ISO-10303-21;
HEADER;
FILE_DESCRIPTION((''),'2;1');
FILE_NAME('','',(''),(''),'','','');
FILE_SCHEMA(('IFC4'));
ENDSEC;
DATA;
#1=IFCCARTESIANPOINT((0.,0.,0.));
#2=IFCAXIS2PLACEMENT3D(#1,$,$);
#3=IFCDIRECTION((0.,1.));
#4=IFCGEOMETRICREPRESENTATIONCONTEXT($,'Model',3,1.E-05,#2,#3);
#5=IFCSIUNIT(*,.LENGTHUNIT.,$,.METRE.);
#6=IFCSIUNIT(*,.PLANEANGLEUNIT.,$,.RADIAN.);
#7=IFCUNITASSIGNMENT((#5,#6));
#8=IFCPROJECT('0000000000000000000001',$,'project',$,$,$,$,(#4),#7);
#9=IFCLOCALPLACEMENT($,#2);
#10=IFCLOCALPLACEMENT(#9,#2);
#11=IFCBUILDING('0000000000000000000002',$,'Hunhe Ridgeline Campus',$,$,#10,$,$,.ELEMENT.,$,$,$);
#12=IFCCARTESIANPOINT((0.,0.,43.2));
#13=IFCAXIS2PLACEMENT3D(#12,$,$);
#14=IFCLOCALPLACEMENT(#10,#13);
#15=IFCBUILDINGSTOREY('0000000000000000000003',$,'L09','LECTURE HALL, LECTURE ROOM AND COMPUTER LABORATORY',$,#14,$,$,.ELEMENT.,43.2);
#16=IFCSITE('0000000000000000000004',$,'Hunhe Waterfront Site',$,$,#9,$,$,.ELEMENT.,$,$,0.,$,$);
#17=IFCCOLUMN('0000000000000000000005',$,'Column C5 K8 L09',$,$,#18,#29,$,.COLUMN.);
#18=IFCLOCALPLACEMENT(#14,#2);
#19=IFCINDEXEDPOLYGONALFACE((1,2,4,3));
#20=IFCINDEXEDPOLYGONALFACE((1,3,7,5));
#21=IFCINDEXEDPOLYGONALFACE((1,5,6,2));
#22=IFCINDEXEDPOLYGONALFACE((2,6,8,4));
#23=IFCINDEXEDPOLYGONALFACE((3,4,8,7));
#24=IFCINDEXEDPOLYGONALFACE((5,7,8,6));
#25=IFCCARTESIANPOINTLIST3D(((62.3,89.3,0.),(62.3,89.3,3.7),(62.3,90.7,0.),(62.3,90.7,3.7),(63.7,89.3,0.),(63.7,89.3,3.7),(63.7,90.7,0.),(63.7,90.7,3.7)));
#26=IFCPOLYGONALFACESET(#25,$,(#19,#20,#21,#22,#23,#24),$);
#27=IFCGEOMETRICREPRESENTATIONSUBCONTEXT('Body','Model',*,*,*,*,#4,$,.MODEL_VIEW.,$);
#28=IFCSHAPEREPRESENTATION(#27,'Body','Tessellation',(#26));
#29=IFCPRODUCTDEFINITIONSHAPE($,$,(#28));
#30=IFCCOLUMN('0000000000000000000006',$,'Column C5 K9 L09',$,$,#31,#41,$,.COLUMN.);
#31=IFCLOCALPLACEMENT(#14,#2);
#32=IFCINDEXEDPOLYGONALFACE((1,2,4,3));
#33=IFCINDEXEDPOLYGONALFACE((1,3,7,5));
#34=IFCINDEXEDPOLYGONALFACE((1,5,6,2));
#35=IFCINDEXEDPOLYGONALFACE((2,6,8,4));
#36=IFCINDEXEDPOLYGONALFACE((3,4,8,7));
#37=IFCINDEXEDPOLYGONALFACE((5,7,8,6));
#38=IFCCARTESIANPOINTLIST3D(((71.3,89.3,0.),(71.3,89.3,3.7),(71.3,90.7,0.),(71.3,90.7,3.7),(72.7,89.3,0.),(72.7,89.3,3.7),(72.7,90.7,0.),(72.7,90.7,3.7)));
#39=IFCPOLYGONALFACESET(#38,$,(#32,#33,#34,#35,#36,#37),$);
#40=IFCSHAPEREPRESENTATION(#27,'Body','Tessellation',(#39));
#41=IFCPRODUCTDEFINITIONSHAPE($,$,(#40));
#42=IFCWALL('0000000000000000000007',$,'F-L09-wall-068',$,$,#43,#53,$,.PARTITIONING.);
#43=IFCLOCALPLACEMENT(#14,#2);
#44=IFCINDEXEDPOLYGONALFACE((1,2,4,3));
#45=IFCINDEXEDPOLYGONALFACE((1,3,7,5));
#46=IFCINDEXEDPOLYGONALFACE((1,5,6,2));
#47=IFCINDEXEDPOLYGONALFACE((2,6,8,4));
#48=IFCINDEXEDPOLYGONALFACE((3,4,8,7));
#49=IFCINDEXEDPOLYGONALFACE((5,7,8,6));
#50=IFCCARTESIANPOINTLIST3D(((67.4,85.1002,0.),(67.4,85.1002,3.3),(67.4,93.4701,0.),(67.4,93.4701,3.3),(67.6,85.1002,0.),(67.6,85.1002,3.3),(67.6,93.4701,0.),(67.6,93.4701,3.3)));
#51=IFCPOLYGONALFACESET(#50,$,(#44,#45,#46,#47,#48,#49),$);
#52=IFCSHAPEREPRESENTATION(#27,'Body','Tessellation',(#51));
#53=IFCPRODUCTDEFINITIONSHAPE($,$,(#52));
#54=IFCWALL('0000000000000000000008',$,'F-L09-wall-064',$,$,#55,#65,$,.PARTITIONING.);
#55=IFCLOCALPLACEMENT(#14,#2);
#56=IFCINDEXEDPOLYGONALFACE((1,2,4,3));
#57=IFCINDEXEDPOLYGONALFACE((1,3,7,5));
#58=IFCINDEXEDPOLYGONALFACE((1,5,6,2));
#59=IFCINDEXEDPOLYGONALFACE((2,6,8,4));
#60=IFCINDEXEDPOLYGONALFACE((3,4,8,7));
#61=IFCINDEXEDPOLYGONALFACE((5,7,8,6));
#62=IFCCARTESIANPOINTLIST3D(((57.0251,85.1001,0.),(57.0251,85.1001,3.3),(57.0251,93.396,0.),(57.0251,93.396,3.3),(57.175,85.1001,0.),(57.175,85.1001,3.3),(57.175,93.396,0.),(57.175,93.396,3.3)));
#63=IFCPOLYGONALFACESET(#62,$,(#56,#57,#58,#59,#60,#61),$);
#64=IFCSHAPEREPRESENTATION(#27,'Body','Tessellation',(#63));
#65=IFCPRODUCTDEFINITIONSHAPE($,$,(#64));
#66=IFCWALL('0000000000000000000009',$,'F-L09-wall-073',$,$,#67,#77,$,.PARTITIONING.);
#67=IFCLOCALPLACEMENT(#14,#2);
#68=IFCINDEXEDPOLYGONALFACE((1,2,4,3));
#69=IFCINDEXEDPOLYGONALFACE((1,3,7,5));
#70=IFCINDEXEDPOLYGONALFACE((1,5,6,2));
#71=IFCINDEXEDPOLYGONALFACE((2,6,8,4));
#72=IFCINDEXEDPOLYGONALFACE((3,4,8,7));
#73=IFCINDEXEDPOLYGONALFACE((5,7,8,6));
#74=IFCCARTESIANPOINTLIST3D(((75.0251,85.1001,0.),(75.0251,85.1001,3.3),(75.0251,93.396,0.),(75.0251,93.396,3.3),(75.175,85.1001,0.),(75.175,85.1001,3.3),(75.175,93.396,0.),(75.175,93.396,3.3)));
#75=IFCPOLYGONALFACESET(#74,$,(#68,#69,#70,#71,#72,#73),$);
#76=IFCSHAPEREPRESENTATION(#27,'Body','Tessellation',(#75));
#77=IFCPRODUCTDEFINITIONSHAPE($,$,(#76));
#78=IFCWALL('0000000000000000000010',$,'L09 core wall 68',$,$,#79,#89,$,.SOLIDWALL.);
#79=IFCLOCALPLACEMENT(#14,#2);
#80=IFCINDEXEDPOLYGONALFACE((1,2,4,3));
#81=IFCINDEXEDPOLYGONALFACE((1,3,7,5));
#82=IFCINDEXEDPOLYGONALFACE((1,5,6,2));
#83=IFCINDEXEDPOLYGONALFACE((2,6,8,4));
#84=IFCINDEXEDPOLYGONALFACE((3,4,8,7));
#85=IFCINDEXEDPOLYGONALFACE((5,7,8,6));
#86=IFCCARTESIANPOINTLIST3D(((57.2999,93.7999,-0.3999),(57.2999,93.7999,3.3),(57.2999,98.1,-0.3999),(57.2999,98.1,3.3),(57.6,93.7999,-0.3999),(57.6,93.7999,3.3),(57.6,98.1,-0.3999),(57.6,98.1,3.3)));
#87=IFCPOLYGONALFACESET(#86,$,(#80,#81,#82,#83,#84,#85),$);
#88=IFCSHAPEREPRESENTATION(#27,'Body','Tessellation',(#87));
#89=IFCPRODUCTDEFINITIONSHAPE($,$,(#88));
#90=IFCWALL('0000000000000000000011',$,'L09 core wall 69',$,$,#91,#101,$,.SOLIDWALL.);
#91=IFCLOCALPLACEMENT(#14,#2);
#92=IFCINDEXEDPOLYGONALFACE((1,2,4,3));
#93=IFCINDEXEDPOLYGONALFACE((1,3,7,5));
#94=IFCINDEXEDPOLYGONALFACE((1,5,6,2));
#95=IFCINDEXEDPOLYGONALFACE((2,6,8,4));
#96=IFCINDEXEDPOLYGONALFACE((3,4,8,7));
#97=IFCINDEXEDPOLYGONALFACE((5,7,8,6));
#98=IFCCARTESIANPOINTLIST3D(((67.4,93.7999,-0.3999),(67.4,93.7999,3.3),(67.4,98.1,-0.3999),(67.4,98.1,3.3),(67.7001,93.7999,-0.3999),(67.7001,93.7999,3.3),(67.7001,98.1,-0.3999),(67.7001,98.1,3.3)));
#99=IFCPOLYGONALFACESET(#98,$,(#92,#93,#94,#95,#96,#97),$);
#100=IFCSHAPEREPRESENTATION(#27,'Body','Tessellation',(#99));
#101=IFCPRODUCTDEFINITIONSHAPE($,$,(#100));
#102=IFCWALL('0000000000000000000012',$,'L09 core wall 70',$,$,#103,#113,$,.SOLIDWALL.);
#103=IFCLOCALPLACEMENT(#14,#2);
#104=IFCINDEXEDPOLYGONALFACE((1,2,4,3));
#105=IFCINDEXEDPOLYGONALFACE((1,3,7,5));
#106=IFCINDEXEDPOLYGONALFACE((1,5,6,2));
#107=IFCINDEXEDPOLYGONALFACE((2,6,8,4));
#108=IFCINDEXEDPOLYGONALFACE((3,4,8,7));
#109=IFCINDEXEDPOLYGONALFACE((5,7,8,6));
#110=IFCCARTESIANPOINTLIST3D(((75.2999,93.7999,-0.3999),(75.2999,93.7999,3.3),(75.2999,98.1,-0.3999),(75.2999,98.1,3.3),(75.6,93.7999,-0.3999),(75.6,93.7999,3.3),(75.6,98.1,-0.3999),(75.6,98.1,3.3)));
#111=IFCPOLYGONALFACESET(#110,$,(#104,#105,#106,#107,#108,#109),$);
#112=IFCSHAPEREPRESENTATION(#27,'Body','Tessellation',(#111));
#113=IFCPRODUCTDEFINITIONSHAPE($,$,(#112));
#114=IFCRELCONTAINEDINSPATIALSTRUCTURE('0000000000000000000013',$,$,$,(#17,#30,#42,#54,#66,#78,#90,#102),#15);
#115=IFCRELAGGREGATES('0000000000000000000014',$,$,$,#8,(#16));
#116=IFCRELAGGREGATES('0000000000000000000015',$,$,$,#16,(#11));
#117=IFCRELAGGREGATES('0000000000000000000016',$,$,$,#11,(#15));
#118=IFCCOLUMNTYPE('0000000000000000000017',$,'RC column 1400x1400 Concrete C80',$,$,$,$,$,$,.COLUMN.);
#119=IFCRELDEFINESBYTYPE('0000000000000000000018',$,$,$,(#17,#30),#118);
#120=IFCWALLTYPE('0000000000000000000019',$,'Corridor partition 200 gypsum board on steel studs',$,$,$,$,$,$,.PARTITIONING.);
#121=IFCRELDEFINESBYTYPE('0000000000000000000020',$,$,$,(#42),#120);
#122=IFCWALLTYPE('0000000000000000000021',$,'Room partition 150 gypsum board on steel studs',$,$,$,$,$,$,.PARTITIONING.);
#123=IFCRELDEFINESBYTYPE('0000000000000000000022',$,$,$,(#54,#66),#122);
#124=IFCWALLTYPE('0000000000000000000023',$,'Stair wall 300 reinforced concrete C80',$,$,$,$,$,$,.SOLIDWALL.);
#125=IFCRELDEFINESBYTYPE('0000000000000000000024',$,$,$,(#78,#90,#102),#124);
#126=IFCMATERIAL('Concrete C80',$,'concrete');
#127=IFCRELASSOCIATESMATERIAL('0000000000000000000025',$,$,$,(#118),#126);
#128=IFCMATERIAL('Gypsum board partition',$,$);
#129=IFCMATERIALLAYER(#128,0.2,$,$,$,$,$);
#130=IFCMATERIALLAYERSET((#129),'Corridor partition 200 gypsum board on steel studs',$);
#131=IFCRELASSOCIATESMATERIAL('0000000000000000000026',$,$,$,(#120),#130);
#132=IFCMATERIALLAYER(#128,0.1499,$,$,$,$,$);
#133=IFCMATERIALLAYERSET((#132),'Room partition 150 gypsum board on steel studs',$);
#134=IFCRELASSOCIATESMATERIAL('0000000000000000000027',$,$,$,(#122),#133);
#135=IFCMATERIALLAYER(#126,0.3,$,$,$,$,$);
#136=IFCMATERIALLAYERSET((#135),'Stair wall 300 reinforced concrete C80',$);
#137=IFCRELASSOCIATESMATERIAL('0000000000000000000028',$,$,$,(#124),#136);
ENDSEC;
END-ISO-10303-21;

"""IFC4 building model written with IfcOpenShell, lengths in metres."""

from ifc_helpers import new_model, si_unit, direction, frame, frame_2d, origin, origin_2d, place, context, subcontext, project, spatial, rectangle, extrude, material, layer, layer_set, material_profile, profile_set, type_object, element, save


model = new_model("IFC4")

# Units and contexts
model_context = context("Model", 3, precision=1e-05, world=origin(), true_north=direction((0.0, 1.0)))
body_context = subcontext(model_context, "Body", "Model", "MODEL_VIEW")
ifc_project = project(units=[si_unit("LENGTHUNIT", "METRE"), si_unit("PLANEANGLEUNIT", "RADIAN")], contexts=[model_context])

# Site, building, storey
site_placement = place(None, origin())
site = spatial("IfcSite", under=ifc_project, at=site_placement, Name="Hunhe Waterfront Site", CompositionType="ELEMENT", RefElevation=0.0)
building_placement = place(site_placement, origin())
building = spatial("IfcBuilding", under=site, at=building_placement, Name="Hunhe Ridgeline Campus", CompositionType="ELEMENT")
storey_placement = place(building_placement, frame((0.0, 0.0, 43.2)))
storey = spatial("IfcBuildingStorey", under=building, at=storey_placement, Name="L09", Description="LECTURE HALL, LECTURE ROOM AND COMPUTER LABORATORY", CompositionType="ELEMENT", Elevation=43.2)

# Columns
ifc_material_1 = material(Name="Concrete C80", Category="concrete")
ifc_material_profile = material_profile(ifc_material_1, rectangle(XDim=1.3999, YDim=1.3999, at=origin_2d()))
ifc_profile_set = profile_set([ifc_material_profile], Name="Concrete C80")
column_type = type_object("IfcColumnType", Name="RC column 1400x1400 Concrete C80", PredefinedType="COLUMN", material=ifc_profile_set)
for number, where, z_axis, x_axis, name in (
    (1, (63.0, 90.0, 0.0), (0.0, 0.0, 1.0), (1.0, 0.0, 0.0), "Column C5 K8 L09"),
    (2, (72.0, 90.0, 0.0), (0.0, 0.0, 1.0), (1.0, 0.0, 0.0), "Column C5 K9 L09"),
):
    element("IfcColumn", number, at=place(storey_placement, frame(where, z_axis=z_axis, x_axis=x_axis)), inside=storey, type_object=column_type, Name=name, PredefinedType="COLUMN", context=body_context, shape_type="SweptSolid", body=[
        extrude(rectangle(XDim=1.3999, YDim=1.3999, at=origin_2d()), origin(), (0.0, 0.0, 1.0), 3.7),
    ])

# Shared definitions
ifc_material_2 = material(Name="Gypsum board partition")
ifc_layer_1 = layer(ifc_material_2, 0.2)
ifc_layer_set_1 = layer_set([ifc_layer_1], Name="Corridor partition 200 gypsum board on steel studs")
wall_type_1 = type_object("IfcWallType", Name="Corridor partition 200 gypsum board on steel studs", PredefinedType="PARTITIONING", material=ifc_layer_set_1)

# Wall
wall_1_placement = place(storey_placement, frame((67.5, 85.1001, 0.0), z_axis=(0.0, 0.0, 1.0), x_axis=(0.0, 1.0, 0.0)))
element("IfcWall", 3, at=wall_1_placement, inside=storey, type_object=wall_type_1, Name="F-L09-wall-068", PredefinedType="PARTITIONING", context=body_context, shape_type="SweptSolid", body=[
    extrude(rectangle(XDim=8.3699, YDim=0.2, at=frame_2d((4.1851, 0.0))), origin(), (0.0, 0.0, 1.0), 3.3),
])

# Walls
ifc_layer_2 = layer(ifc_material_2, 0.1499)
ifc_layer_set_2 = layer_set([ifc_layer_2], Name="Room partition 150 gypsum board on steel studs")
wall_type_2 = type_object("IfcWallType", Name="Room partition 150 gypsum board on steel studs", PredefinedType="PARTITIONING", material=ifc_layer_set_2)
for number, where, z_axis, x_axis, name in (
    (4, (57.1001, 93.396, 0.0), (0.0, 0.0, 1.0), (0.0, -1.0, 0.0), "F-L09-wall-064"),
    (5, (75.1001, 93.396, 0.0), (0.0, 0.0, 1.0), (0.0, -1.0, 0.0), "F-L09-wall-073"),
):
    element("IfcWall", number, at=place(storey_placement, frame(where, z_axis=z_axis, x_axis=x_axis)), inside=storey, type_object=wall_type_2, Name=name, PredefinedType="PARTITIONING", context=body_context, shape_type="SweptSolid", body=[
        extrude(rectangle(XDim=8.2959, YDim=0.1499, at=frame_2d((4.1479, 0.0))), origin(), (0.0, 0.0, 1.0), 3.3),
    ])

# Shared definitions
ifc_layer_3 = layer(ifc_material_1, 0.3)
ifc_layer_set_3 = layer_set([ifc_layer_3], Name="Stair wall 300 reinforced concrete C80")
wall_type_3 = type_object("IfcWallType", Name="Stair wall 300 reinforced concrete C80", PredefinedType="SOLIDWALL", material=ifc_layer_set_3)

# Walls
for number, where, z_axis, x_axis, name in (
    (6, (57.45, 93.8, -0.3999), (0.0, 0.0, 1.0), (0.0, 1.0, 0.0), "L09 core wall 68"),
    (7, (67.55, 93.8, -0.3999), (0.0, 0.0, 1.0), (0.0, 1.0, 0.0), "L09 core wall 69"),
    (8, (75.45, 93.8, -0.3999), (0.0, 0.0, 1.0), (0.0, 1.0, 0.0), "L09 core wall 70"),
):
    element("IfcWall", number, at=place(storey_placement, frame(where, z_axis=z_axis, x_axis=x_axis)), inside=storey, type_object=wall_type_3, Name=name, PredefinedType="SOLIDWALL", context=body_context, shape_type="SweptSolid", body=[
        extrude(rectangle(XDim=4.3, YDim=0.3, at=frame_2d((2.1499, 0.0))), origin(), (0.0, 0.0, 1.0), 3.7),
    ])

save(model, "model.ifc")
